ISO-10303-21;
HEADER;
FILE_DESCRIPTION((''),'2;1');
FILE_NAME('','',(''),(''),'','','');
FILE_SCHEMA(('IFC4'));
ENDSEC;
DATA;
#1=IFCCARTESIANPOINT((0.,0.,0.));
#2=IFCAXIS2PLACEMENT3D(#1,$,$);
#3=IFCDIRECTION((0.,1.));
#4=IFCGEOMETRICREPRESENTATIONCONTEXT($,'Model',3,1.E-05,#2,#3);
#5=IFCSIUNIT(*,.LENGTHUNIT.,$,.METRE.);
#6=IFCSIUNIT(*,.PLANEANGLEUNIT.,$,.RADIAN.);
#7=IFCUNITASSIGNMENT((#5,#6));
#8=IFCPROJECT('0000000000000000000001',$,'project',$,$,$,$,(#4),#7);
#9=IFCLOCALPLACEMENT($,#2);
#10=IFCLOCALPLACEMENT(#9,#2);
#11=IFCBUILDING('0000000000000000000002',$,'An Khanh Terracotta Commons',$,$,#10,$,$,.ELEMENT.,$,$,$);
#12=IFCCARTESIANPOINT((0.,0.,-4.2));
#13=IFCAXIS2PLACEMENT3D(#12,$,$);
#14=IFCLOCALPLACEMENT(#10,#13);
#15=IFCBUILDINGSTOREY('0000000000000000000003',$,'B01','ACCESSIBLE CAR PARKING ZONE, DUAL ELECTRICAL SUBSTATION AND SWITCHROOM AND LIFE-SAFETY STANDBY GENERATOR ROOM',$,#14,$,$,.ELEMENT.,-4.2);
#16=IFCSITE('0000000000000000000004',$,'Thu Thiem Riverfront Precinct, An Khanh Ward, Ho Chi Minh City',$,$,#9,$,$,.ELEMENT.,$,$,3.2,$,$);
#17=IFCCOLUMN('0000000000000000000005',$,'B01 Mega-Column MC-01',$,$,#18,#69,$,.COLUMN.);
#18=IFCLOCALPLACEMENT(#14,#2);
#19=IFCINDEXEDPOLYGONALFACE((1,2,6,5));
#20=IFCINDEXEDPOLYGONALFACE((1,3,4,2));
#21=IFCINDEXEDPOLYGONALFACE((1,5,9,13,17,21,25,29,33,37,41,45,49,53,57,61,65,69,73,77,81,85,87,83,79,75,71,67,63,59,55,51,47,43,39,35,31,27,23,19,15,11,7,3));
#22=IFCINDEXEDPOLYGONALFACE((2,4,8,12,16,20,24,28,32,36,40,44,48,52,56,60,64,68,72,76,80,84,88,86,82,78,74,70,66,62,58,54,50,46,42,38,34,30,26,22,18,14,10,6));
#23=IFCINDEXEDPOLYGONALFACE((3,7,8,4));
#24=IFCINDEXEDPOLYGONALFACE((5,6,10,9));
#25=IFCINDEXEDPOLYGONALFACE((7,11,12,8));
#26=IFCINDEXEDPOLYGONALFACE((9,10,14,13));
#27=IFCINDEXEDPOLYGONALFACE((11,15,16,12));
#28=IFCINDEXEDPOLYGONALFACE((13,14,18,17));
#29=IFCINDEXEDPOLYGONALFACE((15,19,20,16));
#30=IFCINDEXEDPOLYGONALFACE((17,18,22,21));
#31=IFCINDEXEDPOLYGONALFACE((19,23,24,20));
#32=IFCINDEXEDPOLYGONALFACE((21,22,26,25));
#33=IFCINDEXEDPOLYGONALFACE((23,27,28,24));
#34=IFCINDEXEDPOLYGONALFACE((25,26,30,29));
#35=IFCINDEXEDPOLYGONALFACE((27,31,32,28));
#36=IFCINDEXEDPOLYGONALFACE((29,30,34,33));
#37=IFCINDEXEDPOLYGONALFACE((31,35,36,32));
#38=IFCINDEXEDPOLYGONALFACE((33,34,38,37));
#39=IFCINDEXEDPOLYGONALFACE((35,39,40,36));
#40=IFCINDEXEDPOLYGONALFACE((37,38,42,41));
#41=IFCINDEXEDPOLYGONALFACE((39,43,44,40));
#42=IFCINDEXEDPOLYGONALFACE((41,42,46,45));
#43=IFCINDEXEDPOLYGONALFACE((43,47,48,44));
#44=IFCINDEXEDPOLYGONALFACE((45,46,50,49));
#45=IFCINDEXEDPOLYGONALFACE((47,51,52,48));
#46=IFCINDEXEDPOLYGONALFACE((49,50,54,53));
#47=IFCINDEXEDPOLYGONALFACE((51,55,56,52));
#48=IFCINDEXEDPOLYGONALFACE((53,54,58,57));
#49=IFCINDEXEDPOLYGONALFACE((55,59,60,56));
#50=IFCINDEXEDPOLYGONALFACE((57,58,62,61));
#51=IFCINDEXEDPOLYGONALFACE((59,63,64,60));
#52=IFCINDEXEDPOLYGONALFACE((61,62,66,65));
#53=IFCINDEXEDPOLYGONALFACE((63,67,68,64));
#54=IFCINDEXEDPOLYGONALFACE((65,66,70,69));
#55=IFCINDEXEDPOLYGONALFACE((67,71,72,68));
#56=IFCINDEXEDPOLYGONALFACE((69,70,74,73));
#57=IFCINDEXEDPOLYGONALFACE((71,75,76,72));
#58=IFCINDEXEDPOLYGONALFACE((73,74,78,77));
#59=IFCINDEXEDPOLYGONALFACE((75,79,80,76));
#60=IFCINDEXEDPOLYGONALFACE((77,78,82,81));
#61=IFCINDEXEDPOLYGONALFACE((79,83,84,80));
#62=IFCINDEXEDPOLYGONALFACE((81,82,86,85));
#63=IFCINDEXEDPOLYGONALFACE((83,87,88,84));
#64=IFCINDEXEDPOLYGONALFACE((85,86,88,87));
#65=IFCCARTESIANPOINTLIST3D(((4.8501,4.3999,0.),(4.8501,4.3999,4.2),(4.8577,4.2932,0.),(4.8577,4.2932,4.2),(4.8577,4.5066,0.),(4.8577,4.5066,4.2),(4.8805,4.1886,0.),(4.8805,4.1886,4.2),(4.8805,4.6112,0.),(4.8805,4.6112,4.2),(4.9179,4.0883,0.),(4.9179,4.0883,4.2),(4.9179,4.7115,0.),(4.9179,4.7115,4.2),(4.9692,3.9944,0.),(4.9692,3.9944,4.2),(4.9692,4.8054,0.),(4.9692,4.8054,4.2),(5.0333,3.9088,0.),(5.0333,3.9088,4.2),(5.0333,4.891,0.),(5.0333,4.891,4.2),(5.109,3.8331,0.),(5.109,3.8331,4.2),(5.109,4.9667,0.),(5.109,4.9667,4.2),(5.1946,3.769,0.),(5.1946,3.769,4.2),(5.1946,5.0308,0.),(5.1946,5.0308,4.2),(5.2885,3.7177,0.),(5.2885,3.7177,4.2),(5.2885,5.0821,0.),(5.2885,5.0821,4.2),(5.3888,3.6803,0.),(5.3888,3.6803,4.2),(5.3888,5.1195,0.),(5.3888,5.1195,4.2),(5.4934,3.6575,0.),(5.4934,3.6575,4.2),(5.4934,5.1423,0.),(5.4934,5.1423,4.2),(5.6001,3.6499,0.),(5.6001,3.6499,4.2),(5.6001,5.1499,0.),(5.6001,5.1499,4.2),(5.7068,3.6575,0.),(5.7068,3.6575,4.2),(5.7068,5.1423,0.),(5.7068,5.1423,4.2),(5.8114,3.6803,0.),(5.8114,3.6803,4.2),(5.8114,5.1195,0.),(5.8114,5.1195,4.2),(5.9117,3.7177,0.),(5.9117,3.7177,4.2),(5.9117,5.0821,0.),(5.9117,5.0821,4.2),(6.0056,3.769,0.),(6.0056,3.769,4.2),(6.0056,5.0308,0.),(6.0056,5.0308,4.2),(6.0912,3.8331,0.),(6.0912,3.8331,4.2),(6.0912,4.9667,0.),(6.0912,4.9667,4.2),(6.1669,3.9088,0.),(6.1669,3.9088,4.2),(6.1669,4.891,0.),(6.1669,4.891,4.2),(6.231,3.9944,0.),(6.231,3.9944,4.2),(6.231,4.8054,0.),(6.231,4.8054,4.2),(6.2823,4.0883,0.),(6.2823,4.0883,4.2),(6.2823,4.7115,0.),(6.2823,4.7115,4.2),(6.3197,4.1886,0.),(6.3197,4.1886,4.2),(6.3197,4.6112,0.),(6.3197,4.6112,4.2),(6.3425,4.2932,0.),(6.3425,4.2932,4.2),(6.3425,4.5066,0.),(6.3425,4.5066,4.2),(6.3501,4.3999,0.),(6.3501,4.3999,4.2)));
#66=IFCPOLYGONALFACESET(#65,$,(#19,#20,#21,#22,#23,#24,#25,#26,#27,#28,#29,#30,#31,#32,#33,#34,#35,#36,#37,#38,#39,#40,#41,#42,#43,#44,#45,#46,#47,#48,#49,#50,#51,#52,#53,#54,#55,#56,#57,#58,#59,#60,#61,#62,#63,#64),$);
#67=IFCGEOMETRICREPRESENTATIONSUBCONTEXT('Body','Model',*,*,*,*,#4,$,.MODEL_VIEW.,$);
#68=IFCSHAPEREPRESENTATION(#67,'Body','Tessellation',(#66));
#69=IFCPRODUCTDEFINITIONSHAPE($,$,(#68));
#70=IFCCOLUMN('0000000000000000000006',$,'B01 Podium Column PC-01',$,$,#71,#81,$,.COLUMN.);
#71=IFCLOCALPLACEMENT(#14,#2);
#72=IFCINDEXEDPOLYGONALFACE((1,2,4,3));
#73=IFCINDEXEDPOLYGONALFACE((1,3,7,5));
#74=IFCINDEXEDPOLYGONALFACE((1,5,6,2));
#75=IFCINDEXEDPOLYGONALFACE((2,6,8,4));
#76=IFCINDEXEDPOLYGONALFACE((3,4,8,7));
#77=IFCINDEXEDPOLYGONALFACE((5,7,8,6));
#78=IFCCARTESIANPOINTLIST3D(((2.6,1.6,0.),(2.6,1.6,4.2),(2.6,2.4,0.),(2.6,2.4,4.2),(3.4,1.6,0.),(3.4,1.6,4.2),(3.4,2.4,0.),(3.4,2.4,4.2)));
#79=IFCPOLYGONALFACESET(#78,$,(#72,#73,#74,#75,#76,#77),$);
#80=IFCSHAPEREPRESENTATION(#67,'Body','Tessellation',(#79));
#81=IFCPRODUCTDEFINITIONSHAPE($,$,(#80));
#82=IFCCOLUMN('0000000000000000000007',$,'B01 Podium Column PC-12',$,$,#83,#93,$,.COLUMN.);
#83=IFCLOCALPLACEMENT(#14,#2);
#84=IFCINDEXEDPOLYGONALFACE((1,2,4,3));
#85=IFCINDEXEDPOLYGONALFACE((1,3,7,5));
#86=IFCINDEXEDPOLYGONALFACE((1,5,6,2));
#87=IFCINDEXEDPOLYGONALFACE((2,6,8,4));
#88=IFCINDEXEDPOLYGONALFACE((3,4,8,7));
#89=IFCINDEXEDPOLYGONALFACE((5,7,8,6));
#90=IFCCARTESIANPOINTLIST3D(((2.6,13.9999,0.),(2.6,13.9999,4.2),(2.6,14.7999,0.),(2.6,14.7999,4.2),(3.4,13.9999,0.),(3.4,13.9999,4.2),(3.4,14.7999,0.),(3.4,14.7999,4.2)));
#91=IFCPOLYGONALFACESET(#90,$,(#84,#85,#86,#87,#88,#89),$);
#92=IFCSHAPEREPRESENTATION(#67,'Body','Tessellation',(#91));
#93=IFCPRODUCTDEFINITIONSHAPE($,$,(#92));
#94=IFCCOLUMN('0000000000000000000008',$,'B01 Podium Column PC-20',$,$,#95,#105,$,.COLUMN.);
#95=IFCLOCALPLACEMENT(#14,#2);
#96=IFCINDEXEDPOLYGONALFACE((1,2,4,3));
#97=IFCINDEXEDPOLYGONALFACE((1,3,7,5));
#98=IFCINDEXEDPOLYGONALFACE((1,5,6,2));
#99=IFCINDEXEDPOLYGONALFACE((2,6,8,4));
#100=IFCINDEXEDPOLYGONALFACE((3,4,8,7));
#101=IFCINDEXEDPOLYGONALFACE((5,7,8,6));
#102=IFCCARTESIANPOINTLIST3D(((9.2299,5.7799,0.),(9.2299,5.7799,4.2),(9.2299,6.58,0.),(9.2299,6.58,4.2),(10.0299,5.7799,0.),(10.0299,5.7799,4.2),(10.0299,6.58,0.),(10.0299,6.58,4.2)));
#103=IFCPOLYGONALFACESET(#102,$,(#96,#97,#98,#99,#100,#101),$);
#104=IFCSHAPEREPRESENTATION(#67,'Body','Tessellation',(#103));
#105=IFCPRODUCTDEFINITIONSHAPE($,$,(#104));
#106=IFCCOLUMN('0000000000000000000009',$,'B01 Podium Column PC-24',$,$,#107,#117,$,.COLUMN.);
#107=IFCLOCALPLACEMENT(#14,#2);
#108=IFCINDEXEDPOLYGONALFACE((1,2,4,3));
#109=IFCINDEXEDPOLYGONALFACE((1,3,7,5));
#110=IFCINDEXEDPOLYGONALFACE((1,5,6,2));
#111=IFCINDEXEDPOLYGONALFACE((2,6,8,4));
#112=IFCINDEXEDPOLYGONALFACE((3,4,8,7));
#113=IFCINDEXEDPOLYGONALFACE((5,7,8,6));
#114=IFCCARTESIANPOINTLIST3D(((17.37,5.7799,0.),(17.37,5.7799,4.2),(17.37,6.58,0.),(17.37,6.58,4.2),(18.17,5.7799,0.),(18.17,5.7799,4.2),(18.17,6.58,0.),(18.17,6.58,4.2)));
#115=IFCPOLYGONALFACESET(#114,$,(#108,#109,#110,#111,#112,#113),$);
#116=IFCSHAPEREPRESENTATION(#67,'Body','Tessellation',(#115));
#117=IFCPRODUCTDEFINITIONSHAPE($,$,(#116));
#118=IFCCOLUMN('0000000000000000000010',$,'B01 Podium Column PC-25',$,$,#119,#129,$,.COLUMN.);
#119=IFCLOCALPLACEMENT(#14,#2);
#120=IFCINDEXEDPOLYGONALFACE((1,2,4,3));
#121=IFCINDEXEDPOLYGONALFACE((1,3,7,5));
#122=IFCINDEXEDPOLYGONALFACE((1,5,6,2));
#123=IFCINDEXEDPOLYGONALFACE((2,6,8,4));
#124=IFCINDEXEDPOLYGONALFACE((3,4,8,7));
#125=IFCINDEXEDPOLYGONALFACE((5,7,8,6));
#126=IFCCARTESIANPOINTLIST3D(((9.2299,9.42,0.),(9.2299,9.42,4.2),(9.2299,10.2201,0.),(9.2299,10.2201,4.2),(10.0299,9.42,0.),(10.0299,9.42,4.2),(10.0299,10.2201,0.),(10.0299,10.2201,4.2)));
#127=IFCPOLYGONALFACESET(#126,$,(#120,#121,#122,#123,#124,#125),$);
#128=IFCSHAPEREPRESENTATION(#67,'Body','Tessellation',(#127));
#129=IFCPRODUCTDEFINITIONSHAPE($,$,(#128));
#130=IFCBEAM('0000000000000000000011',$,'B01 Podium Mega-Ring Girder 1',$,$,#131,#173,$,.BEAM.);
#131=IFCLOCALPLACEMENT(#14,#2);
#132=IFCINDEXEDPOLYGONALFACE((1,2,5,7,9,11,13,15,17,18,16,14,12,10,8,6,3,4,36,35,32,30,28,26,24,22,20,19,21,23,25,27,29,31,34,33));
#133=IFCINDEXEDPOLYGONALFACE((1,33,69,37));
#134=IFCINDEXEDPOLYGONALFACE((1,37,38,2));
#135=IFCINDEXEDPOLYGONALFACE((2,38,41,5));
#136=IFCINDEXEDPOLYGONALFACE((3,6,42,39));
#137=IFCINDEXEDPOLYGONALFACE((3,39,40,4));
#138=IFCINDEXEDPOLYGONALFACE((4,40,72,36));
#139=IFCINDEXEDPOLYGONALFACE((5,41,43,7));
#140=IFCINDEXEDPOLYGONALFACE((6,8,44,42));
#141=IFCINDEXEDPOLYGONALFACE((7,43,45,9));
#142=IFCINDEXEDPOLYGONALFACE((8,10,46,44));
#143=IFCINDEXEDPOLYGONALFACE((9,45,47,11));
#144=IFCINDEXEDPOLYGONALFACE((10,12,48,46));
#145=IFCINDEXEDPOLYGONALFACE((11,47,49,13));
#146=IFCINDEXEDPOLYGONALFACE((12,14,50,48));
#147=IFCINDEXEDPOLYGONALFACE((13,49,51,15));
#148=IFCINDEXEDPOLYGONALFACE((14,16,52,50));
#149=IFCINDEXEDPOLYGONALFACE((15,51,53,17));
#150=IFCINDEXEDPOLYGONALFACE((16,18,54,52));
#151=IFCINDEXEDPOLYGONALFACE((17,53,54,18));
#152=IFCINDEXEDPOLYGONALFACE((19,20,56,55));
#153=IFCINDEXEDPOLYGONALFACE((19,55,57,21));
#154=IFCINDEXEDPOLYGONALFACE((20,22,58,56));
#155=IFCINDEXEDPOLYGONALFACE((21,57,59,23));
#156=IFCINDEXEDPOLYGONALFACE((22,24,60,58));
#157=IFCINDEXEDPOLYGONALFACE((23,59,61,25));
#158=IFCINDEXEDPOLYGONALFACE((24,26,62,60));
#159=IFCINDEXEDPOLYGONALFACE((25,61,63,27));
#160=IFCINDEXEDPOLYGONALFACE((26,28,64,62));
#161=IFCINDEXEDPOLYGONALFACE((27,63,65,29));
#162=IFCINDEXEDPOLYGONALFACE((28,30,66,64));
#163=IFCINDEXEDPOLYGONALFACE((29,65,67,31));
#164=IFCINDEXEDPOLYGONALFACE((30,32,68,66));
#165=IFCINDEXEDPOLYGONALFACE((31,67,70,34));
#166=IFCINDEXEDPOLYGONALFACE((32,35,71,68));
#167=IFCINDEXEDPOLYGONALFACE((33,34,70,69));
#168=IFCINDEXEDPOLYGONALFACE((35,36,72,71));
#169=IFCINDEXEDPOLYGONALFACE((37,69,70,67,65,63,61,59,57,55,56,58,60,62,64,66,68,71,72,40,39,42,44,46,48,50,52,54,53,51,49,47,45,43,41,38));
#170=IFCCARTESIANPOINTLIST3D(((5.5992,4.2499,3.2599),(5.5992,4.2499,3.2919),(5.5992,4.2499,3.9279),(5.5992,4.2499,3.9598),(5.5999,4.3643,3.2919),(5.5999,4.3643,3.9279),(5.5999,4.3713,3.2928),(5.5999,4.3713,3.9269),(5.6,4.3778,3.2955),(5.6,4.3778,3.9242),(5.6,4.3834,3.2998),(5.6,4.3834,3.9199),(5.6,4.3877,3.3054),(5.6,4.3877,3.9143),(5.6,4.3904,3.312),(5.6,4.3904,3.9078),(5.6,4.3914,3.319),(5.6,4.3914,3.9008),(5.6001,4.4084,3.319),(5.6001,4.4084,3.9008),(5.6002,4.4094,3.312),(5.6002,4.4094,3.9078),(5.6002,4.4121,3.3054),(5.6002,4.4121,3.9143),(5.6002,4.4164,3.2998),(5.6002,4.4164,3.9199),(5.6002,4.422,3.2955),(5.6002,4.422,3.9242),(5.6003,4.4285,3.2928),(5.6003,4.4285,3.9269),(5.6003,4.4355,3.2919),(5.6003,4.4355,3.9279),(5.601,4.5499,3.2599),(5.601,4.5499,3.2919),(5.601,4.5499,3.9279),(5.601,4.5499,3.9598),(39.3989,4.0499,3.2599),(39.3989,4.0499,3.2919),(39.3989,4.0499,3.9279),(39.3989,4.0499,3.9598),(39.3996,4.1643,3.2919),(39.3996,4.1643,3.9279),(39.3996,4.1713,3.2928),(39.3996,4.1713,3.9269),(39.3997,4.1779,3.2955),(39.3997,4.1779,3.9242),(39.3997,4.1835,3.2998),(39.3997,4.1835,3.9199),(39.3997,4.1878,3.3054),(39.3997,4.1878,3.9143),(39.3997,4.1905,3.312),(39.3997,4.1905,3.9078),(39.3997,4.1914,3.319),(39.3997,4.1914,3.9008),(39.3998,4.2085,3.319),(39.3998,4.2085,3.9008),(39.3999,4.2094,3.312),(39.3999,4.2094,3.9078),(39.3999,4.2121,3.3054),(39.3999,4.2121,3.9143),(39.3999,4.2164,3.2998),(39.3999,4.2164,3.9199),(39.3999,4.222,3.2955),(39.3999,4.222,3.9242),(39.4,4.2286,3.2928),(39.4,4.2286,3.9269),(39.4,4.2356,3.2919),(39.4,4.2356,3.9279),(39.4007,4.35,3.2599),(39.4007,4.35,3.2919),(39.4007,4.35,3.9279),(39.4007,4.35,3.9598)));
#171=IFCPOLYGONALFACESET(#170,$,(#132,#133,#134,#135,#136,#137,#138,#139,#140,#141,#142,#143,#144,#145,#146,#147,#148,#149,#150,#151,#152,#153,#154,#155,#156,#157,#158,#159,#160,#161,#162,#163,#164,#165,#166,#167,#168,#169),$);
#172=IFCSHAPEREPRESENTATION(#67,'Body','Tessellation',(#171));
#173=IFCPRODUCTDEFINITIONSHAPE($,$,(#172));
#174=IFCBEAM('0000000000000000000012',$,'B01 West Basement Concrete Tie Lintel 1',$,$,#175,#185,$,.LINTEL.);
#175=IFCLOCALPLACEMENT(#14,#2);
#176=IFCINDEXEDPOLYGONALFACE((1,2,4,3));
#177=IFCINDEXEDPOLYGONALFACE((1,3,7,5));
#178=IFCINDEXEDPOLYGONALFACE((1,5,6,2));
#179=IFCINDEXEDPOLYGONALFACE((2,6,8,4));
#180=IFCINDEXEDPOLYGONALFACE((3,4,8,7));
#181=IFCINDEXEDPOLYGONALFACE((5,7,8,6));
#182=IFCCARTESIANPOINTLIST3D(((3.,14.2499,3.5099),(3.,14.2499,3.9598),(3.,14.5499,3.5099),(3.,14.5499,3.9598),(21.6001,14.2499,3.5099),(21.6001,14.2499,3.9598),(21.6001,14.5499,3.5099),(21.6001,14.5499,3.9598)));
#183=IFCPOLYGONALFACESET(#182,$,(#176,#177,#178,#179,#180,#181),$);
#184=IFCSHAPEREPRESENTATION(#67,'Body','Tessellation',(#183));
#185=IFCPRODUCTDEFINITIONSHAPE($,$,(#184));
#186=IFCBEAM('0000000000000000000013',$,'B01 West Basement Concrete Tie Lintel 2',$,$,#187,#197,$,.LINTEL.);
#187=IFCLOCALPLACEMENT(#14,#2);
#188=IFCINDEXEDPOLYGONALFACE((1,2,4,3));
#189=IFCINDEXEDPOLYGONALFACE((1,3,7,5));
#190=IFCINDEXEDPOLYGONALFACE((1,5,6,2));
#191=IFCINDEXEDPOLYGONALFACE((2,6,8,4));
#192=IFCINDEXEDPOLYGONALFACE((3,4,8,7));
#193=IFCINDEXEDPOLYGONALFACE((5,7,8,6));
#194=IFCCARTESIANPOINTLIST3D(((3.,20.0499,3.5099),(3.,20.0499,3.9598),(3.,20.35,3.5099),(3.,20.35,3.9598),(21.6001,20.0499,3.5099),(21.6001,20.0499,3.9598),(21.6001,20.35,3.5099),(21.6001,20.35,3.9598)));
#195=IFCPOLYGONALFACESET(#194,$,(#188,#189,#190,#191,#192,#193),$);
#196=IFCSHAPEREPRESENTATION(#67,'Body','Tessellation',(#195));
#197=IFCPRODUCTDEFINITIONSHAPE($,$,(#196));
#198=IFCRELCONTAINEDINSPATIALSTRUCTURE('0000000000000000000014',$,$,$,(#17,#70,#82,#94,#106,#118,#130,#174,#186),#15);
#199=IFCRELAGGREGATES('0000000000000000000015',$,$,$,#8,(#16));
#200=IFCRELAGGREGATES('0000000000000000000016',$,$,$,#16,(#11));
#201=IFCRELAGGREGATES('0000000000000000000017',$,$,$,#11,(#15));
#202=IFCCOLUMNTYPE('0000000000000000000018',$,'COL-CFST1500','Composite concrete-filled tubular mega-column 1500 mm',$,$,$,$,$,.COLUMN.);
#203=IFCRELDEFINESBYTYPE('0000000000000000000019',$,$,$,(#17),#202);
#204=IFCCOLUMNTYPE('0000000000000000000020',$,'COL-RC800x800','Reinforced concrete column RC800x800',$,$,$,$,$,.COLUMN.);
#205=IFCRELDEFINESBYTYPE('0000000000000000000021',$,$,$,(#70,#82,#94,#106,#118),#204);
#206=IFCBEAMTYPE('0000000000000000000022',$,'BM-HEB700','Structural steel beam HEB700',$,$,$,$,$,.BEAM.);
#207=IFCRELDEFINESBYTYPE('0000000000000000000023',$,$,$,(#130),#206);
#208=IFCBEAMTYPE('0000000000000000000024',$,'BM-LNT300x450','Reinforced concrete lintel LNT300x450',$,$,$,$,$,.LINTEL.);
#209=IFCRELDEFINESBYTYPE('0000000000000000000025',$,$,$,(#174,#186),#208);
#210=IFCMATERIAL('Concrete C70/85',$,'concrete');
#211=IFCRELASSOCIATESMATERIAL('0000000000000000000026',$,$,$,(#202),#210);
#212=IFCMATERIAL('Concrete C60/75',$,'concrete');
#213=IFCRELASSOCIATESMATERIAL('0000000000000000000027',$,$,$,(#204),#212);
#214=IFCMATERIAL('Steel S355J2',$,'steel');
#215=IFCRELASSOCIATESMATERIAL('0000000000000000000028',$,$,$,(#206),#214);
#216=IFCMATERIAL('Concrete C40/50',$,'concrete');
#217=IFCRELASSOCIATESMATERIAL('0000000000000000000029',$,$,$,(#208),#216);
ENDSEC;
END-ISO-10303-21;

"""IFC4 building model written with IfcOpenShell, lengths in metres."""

from ifc_helpers import new_model, si_unit, direction, frame, origin, origin_2d, place, context, subcontext, project, spatial, rectangle, circle, i_section, extrude, material, material_profile, profile_set, type_object, element, save


model = new_model("IFC4")

# Units and contexts
model_context = context("Model", 3, precision=1e-05, world=origin(), true_north=direction((0.0, 1.0)))
body_context = subcontext(model_context, "Body", "Model", "MODEL_VIEW")
ifc_project = project(units=[si_unit("LENGTHUNIT", "METRE"), si_unit("PLANEANGLEUNIT", "RADIAN")], contexts=[model_context])

# Site, building, storey
site_placement = place(None, origin())
site = spatial("IfcSite", under=ifc_project, at=site_placement, Name="Thu Thiem Riverfront Precinct, An Khanh Ward, Ho Chi Minh City", CompositionType="ELEMENT", RefElevation=3.2)
building_placement = place(site_placement, origin())
building = spatial("IfcBuilding", under=site, at=building_placement, Name="An Khanh Terracotta Commons", CompositionType="ELEMENT")
storey_placement = place(building_placement, frame((0.0, 0.0, -4.2)))
storey = spatial("IfcBuildingStorey", under=building, at=storey_placement, Name="B01", Description="ACCESSIBLE CAR PARKING ZONE, DUAL ELECTRICAL SUBSTATION AND SWITCHROOM AND LIFE-SAFETY STANDBY GENERATOR ROOM", CompositionType="ELEMENT", Elevation=-4.2)

# Columns
ifc_material_1 = material(Name="Concrete C70/85", Category="concrete")
ifc_material_profile_1 = material_profile(ifc_material_1, circle(Radius=0.75, at=origin_2d()), Name="CFST1500")
ifc_profile_set_1 = profile_set([ifc_material_profile_1], Name="Concrete C70/85")
column_type_1 = type_object("IfcColumnType", Name="COL-CFST1500", Description="Composite concrete-filled tubular mega-column 1500 mm", PredefinedType="COLUMN", material=ifc_profile_set_1)
column_placement = place(storey_placement, frame((5.6001, 4.3999, 0.0), z_axis=(0.0, 0.0, 1.0), x_axis=(1.0, 0.0, 0.0)))
element("IfcColumn", 1, at=column_placement, inside=storey, type_object=column_type_1, Name="B01 Mega-Column MC-01", PredefinedType="COLUMN", context=body_context, shape_type="SweptSolid", body=[
    extrude(circle(Radius=0.75, at=origin_2d()), origin(), (0.0, 0.0, 1.0), 4.2),
])
ifc_material_2 = material(Name="Concrete C60/75", Category="concrete")
ifc_material_profile_2 = material_profile(ifc_material_2, rectangle(XDim=0.8, YDim=0.8, at=origin_2d()), Name="RC800x800")
ifc_profile_set_2 = profile_set([ifc_material_profile_2], Name="Concrete C60/75")
column_type_2 = type_object("IfcColumnType", Name="COL-RC800x800", Description="Reinforced concrete column RC800x800", PredefinedType="COLUMN", material=ifc_profile_set_2)
for number, where, z_axis, x_axis, name in (
    (2, (3.0, 2.0, 0.0), (0.0, 0.0, 1.0), (1.0, 0.0, 0.0), "B01 Podium Column PC-01"),
    (3, (3.0, 14.3999, 0.0), (0.0, 0.0, 1.0), (1.0, 0.0, 0.0), "B01 Podium Column PC-12"),
    (4, (9.6299, 6.1799, 0.0), (0.0, 0.0, 1.0), (1.0, 0.0, 0.0), "B01 Podium Column PC-20"),
    (5, (17.77, 6.1799, 0.0), (0.0, 0.0, 1.0), (1.0, 0.0, 0.0), "B01 Podium Column PC-24"),
    (6, (9.6299, 9.8201, 0.0), (0.0, 0.0, 1.0), (1.0, 0.0, 0.0), "B01 Podium Column PC-25"),
):
    element("IfcColumn", number, at=place(storey_placement, frame(where, z_axis=z_axis, x_axis=x_axis)), inside=storey, type_object=column_type_2, Name=name, PredefinedType="COLUMN", context=body_context, shape_type="SweptSolid", body=[
        extrude(rectangle(XDim=0.8, YDim=0.8, at=origin_2d()), origin(), (0.0, 0.0, 1.0), 4.2),
    ])

# Beams
ifc_material_3 = material(Name="Steel S355J2", Category="steel")
ifc_material_profile_3 = material_profile(ifc_material_3, i_section(OverallWidth=0.3, OverallDepth=0.7, WebThickness=0.0171, FlangeThickness=0.032, FilletRadius=0.0271, at=origin_2d()), Name="HEB700")
ifc_profile_set_3 = profile_set([ifc_material_profile_3], Name="Steel S355J2")
beam_type_1 = type_object("IfcBeamType", Name="BM-HEB700", Description="Structural steel beam HEB700", PredefinedType="BEAM", material=ifc_profile_set_3)
beam_1_placement = place(storey_placement, frame((5.6001, 4.3999, 3.6099), z_axis=(0.999983, -0.005916, 0.0), x_axis=(0.005916, 0.999983, 0.0)))
element("IfcBeam", 7, at=beam_1_placement, inside=storey, type_object=beam_type_1, Name="B01 Podium Mega-Ring Girder 1", PredefinedType="BEAM", context=body_context, shape_type="SweptSolid", body=[
    extrude(i_section(OverallWidth=0.3, OverallDepth=0.7, WebThickness=0.0171, FlangeThickness=0.032, FilletRadius=0.0271, at=origin_2d()), origin(), (0.0, 0.0, 1.0), 33.8003),
])
ifc_material_4 = material(Name="Concrete C40/50", Category="concrete")
ifc_material_profile_4 = material_profile(ifc_material_4, rectangle(XDim=0.3, YDim=0.45, at=origin_2d()), Name="LNT300x450")
ifc_profile_set_4 = profile_set([ifc_material_profile_4], Name="Concrete C40/50")
beam_type_2 = type_object("IfcBeamType", Name="BM-LNT300x450", Description="Reinforced concrete lintel LNT300x450", PredefinedType="LINTEL", material=ifc_profile_set_4)
for number, where, z_axis, x_axis, name in (
    (8, (3.0, 14.3999, 3.7349), (1.0, 0.0, 0.0), (0.0, 1.0, 0.0), "B01 West Basement Concrete Tie Lintel 1"),
    (9, (3.0, 20.2, 3.7349), (1.0, 0.0, 0.0), (0.0, 1.0, 0.0), "B01 West Basement Concrete Tie Lintel 2"),
):
    element("IfcBeam", number, at=place(storey_placement, frame(where, z_axis=z_axis, x_axis=x_axis)), inside=storey, type_object=beam_type_2, Name=name, PredefinedType="LINTEL", context=body_context, shape_type="SweptSolid", body=[
        extrude(rectangle(XDim=0.3, YDim=0.45, at=origin_2d()), origin(), (0.0, 0.0, 1.0), 18.6001),
    ])

save(model, "model.ifc")
